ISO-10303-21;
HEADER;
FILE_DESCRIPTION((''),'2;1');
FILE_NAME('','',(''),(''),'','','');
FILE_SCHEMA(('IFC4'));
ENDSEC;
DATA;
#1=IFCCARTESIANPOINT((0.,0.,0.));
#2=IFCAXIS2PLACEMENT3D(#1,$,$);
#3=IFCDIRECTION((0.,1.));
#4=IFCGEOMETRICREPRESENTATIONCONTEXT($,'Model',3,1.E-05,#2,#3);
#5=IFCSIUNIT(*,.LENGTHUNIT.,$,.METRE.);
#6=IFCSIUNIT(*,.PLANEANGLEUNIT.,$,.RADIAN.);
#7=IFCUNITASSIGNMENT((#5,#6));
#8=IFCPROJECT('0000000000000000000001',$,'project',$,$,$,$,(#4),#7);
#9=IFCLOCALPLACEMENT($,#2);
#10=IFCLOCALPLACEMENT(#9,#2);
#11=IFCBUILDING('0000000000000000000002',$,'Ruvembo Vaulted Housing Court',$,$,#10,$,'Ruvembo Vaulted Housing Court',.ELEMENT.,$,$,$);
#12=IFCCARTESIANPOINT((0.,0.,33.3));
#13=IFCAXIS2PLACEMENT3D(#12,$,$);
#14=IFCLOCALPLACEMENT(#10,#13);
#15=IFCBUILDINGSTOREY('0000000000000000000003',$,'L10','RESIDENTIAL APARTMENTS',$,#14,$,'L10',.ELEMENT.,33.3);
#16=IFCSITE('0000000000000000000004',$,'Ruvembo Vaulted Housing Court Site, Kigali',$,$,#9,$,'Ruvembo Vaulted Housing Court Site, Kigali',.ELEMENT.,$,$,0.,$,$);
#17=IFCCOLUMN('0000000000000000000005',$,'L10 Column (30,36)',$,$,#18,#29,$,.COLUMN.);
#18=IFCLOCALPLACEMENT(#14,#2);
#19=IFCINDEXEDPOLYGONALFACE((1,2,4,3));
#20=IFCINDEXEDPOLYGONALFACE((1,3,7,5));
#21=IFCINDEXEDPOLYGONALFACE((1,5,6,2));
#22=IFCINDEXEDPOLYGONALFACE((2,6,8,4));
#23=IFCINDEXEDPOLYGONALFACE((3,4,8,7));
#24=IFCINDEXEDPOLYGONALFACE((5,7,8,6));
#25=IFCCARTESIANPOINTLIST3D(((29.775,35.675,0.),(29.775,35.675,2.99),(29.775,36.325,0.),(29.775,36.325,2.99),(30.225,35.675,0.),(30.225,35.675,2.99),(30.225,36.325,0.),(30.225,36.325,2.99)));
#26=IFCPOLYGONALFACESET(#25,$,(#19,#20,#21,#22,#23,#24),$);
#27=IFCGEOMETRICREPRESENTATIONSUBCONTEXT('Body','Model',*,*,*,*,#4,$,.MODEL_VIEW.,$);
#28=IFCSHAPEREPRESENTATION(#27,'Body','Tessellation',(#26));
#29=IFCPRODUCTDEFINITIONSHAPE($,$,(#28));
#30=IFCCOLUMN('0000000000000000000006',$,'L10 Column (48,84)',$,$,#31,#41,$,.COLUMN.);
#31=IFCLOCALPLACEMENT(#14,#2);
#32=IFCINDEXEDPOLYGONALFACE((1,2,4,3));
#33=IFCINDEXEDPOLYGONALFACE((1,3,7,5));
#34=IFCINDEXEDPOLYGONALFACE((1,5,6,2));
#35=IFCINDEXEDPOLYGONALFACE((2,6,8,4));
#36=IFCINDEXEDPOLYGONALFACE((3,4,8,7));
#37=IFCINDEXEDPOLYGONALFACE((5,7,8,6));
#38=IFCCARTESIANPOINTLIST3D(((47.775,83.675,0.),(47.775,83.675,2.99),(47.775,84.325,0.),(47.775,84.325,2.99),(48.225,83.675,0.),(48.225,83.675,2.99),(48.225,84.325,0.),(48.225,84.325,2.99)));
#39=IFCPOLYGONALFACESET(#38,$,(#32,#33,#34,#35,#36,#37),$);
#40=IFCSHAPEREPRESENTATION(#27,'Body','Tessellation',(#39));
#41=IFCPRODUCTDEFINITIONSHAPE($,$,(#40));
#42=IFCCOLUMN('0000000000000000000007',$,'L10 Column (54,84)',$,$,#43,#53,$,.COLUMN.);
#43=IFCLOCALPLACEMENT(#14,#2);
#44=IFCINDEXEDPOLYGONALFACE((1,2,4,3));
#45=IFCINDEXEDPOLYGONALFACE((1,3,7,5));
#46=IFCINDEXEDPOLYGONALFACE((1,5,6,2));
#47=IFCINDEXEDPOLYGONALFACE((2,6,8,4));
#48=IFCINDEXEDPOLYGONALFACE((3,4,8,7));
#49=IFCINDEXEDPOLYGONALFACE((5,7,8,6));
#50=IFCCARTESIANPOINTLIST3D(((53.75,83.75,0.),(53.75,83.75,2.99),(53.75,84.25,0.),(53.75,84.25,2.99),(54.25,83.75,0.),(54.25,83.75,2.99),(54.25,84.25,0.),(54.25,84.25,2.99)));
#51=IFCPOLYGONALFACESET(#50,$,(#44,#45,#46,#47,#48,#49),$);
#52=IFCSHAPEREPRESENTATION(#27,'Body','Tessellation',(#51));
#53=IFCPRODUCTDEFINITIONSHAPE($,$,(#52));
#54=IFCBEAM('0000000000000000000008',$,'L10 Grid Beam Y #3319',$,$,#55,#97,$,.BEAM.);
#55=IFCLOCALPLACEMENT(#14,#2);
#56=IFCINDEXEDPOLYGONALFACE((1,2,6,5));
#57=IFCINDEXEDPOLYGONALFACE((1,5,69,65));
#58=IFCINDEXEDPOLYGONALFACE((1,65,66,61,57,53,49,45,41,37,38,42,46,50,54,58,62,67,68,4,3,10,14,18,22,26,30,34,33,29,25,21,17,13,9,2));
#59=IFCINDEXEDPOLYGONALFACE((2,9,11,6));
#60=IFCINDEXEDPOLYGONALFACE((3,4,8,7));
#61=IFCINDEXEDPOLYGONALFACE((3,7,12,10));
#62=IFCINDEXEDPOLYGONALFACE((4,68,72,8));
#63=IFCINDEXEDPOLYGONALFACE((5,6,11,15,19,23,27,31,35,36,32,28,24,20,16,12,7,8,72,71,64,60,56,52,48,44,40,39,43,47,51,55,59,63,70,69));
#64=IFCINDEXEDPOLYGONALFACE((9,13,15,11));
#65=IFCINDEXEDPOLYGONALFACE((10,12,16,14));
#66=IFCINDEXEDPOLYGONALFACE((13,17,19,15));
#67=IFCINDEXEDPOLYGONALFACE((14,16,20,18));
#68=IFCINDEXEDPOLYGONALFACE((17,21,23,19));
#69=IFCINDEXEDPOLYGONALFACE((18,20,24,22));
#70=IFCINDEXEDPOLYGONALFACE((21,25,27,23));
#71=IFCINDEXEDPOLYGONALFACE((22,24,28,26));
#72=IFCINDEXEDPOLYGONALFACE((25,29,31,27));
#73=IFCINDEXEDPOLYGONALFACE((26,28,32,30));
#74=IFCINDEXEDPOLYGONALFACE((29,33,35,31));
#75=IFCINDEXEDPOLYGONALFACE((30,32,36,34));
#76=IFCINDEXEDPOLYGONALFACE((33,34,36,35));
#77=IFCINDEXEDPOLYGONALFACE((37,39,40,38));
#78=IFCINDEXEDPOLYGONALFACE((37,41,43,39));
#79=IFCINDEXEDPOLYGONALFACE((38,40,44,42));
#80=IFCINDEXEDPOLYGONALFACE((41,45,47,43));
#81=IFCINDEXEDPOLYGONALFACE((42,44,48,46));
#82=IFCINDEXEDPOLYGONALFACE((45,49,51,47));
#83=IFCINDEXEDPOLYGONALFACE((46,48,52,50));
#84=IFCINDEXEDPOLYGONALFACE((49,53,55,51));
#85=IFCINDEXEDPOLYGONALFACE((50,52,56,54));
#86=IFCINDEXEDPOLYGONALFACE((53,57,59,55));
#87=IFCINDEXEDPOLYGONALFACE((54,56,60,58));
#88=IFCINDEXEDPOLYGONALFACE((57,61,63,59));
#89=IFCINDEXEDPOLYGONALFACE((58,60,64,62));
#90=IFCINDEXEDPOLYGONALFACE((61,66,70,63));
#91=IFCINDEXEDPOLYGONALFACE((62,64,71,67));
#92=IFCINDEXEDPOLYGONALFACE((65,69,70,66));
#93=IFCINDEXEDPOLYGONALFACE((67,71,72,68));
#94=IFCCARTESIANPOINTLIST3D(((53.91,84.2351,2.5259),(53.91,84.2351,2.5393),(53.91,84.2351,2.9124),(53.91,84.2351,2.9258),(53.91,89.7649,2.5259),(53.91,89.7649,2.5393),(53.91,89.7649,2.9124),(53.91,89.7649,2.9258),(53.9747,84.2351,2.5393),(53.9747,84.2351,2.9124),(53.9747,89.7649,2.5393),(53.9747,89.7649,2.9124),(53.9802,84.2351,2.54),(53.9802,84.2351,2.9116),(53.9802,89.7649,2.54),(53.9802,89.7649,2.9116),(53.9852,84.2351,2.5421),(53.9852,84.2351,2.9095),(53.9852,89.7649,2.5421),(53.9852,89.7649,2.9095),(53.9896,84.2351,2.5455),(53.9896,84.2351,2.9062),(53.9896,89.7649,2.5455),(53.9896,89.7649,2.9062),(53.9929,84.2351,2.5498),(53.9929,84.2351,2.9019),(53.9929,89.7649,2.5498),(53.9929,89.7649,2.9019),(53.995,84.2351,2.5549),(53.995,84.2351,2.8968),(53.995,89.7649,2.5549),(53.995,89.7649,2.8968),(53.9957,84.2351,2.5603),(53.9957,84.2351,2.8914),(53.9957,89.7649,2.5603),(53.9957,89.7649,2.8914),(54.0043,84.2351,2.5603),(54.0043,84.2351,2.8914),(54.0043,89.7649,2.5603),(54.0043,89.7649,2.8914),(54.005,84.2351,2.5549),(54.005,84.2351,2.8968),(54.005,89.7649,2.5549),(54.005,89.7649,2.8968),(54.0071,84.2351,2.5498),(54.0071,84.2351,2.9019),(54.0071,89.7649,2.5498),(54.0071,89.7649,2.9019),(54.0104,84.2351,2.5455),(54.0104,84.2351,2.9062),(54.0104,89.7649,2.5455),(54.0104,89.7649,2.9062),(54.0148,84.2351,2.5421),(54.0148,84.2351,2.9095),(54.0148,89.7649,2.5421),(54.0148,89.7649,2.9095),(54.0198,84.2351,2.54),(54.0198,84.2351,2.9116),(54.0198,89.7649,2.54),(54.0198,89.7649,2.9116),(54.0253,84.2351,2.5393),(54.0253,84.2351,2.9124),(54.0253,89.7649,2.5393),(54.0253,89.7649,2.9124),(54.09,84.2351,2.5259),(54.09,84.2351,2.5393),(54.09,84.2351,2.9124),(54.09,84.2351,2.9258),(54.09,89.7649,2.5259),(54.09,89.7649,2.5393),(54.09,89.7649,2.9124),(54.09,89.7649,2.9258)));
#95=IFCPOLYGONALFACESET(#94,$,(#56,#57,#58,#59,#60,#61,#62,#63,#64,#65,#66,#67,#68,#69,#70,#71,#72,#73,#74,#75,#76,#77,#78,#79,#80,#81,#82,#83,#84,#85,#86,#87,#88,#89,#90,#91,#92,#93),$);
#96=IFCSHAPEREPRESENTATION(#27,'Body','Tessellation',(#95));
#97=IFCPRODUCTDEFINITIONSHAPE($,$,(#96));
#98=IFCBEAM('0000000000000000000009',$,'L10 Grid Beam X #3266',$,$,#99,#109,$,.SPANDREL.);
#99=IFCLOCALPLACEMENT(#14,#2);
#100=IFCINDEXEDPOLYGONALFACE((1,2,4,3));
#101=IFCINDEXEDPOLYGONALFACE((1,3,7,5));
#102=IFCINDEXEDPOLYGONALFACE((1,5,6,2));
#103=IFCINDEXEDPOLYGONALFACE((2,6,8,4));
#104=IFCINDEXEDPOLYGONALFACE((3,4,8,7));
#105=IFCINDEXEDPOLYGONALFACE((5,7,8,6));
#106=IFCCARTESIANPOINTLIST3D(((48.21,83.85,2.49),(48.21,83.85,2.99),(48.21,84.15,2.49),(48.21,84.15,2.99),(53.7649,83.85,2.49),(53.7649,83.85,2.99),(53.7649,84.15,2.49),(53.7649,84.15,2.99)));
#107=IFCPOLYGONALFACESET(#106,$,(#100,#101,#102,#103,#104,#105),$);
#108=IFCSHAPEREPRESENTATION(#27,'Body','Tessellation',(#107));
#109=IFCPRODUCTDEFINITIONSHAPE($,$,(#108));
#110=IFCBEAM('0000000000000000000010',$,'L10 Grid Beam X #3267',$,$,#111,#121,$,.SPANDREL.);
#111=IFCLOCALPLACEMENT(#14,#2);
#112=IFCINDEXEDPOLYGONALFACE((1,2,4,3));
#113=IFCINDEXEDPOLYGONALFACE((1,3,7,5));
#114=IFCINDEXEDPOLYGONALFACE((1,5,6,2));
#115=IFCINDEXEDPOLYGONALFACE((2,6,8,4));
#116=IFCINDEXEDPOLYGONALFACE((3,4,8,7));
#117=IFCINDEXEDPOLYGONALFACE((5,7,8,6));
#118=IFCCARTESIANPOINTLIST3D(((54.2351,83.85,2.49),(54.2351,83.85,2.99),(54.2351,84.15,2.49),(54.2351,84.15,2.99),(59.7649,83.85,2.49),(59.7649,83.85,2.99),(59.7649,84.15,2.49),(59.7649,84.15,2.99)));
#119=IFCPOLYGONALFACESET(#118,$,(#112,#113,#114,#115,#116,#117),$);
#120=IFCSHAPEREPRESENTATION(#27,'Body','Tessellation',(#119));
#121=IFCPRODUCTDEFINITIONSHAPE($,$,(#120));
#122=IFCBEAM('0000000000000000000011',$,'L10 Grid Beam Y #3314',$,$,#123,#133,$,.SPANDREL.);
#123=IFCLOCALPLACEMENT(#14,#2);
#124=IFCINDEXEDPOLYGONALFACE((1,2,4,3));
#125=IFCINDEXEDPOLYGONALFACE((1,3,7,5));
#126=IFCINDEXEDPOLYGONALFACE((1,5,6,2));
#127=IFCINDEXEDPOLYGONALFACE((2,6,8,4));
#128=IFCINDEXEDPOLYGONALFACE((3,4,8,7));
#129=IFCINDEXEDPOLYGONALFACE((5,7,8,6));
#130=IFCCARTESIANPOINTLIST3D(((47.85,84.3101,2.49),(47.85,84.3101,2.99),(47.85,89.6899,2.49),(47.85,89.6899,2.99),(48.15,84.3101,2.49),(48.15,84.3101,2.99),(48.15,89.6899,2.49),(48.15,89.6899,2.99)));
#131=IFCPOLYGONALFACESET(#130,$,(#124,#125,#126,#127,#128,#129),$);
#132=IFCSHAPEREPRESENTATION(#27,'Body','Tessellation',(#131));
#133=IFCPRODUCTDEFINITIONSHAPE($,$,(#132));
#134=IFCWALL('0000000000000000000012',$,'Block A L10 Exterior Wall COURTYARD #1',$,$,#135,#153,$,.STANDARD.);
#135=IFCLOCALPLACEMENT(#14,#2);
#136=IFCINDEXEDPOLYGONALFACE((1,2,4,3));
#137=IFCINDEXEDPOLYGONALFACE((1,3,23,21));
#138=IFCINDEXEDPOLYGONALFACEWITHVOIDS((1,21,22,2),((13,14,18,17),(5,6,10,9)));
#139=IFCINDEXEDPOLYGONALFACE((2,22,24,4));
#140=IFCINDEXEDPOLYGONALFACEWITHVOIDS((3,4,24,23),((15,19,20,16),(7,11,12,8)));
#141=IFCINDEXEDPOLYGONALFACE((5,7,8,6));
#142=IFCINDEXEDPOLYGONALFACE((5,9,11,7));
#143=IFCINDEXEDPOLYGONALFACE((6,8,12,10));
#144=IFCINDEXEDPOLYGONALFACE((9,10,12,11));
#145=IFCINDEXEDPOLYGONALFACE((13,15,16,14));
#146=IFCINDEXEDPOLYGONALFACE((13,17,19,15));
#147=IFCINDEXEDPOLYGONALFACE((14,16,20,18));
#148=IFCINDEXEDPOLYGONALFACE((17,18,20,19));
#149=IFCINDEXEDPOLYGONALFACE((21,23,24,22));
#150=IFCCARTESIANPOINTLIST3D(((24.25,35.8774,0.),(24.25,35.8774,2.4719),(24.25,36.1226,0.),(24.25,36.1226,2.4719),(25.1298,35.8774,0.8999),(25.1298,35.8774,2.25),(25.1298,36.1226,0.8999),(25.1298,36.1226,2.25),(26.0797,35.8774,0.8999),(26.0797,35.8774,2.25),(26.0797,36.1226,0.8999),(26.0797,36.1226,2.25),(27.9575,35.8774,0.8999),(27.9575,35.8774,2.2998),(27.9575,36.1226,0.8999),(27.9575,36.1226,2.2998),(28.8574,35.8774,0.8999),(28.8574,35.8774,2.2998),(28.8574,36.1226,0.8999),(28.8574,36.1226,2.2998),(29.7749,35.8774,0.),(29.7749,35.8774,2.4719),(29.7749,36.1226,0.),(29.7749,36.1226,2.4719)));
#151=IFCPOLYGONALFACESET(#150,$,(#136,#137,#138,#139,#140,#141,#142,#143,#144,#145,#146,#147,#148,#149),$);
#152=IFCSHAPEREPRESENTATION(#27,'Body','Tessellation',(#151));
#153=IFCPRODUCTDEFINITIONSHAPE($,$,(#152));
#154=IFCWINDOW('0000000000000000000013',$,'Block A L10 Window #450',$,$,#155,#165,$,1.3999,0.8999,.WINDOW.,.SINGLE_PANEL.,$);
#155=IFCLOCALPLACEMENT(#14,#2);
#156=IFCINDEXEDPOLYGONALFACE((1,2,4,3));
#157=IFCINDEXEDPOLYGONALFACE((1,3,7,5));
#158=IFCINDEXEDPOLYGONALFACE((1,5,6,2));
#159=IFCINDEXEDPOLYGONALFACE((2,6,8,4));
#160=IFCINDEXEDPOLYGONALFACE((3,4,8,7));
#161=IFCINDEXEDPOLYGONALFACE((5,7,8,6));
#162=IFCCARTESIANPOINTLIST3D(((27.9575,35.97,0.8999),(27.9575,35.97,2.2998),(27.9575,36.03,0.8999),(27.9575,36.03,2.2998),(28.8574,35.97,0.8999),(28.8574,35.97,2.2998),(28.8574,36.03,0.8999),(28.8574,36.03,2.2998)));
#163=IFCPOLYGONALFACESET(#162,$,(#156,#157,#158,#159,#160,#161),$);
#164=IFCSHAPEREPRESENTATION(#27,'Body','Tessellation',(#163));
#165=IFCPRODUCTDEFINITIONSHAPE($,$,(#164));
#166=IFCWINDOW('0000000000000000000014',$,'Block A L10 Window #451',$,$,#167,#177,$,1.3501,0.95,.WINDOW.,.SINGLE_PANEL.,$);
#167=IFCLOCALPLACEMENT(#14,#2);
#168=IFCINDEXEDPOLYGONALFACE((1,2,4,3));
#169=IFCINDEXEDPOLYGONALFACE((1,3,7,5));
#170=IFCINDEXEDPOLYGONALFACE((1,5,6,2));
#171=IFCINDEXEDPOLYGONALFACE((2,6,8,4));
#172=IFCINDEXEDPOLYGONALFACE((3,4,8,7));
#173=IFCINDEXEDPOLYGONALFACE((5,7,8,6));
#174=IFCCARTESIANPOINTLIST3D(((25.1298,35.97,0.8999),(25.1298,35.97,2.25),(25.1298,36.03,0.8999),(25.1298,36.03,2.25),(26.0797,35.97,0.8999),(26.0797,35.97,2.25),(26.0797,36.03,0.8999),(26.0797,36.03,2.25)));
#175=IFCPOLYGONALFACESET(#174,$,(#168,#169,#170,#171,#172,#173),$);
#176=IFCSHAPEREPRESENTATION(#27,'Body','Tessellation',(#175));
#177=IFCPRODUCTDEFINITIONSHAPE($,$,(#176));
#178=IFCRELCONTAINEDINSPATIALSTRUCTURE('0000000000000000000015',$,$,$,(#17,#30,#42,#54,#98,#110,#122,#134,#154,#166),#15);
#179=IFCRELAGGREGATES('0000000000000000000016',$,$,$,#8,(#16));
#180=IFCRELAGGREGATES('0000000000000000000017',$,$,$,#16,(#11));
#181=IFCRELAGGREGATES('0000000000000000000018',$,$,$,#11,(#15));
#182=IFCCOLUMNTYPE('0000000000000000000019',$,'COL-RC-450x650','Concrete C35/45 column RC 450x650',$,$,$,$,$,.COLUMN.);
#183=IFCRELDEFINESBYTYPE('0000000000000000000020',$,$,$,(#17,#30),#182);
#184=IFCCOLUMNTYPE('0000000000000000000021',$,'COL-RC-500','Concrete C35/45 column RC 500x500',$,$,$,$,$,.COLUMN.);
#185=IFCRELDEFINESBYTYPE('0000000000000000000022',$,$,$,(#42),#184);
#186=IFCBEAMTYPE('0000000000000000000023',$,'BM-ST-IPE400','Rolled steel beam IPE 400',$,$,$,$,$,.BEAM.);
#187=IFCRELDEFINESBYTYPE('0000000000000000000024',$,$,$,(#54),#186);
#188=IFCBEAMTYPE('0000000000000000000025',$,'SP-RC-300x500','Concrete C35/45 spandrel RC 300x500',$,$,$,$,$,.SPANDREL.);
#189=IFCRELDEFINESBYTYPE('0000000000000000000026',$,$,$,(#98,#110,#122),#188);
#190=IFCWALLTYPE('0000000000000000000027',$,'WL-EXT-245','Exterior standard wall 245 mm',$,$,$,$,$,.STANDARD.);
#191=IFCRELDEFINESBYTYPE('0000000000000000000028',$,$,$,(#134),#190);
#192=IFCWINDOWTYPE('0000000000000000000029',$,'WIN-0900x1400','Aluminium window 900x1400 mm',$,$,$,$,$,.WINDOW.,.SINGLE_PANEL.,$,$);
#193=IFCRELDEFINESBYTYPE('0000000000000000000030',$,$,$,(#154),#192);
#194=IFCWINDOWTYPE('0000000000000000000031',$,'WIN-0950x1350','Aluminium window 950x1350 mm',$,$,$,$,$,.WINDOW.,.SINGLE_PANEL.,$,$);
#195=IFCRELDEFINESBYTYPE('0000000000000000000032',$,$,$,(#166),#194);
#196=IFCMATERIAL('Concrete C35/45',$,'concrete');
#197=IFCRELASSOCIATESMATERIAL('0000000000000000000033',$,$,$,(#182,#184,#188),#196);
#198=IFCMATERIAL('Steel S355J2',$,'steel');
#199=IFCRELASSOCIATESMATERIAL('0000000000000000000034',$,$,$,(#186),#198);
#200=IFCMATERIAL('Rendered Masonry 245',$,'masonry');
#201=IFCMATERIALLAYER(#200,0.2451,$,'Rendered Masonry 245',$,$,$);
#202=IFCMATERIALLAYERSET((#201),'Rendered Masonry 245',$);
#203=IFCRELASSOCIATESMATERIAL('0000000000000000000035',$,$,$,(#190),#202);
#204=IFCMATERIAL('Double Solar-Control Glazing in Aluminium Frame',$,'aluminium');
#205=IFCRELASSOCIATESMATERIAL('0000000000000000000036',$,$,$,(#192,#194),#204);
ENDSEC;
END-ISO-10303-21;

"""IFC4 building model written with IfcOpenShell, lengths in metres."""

from ifc_helpers import new_model, si_unit, direction, frame, frame_2d, origin, origin_2d, place, context, subcontext, project, spatial, rectangle, i_section, extrude, material, layer, layer_set, material_profile, profile_set, type_object, element, fill, save


model = new_model("IFC4")

# Units and contexts
model_context = context("Model", 3, precision=1e-05, world=origin(), true_north=direction((0.0, 1.0)))
body_context = subcontext(model_context, "Body", "Model", "MODEL_VIEW")
ifc_project = project(units=[si_unit("LENGTHUNIT", "METRE"), si_unit("PLANEANGLEUNIT", "RADIAN")], contexts=[model_context])

# Site, building, storey
site_placement = place(None, origin())
site = spatial("IfcSite", under=ifc_project, at=site_placement, Name="Ruvembo Vaulted Housing Court Site, Kigali", LongName="Ruvembo Vaulted Housing Court Site, Kigali", CompositionType="ELEMENT", RefElevation=0.0)
building_placement = place(site_placement, origin())
building = spatial("IfcBuilding", under=site, at=building_placement, Name="Ruvembo Vaulted Housing Court", LongName="Ruvembo Vaulted Housing Court", CompositionType="ELEMENT")
storey_placement = place(building_placement, frame((0.0, 0.0, 33.3)))
storey = spatial("IfcBuildingStorey", under=building, at=storey_placement, Name="L10", Description="RESIDENTIAL APARTMENTS", LongName="L10", CompositionType="ELEMENT", Elevation=33.3)

# Columns
ifc_material_1 = material(Name="Concrete C35/45", Category="concrete")
ifc_material_profile_1 = material_profile(ifc_material_1, rectangle(XDim=0.45, YDim=0.6499, at=origin_2d()), Name="RC 450x650")
ifc_profile_set_1 = profile_set([ifc_material_profile_1], Name="Concrete C35/45")
column_type_1 = type_object("IfcColumnType", Name="COL-RC-450x650", Description="Concrete C35/45 column RC 450x650", PredefinedType="COLUMN", material=ifc_profile_set_1)
for number, where, z_axis, x_axis, name in (
    (1, (30.0, 36.0, 0.0), (0.0, 0.0, 1.0), (1.0, 0.0, 0.0), "L10 Column (30,36)"),
    (2, (48.0, 84.0, 0.0), (0.0, 0.0, 1.0), (1.0, 0.0, 0.0), "L10 Column (48,84)"),
):
    element("IfcColumn", number, at=place(storey_placement, frame(where, z_axis=z_axis, x_axis=x_axis)), inside=storey, type_object=column_type_1, Name=name, PredefinedType="COLUMN", context=body_context, shape_type="SweptSolid", body=[
        extrude(rectangle(XDim=0.45, YDim=0.6499, at=origin_2d()), origin(), (0.0, 0.0, 1.0), 2.99),
    ])
ifc_material_profile_2 = material_profile(ifc_material_1, rectangle(XDim=0.5, YDim=0.5, at=origin_2d()), Name="RC 500x500")
ifc_profile_set_2 = profile_set([ifc_material_profile_2], Name="Concrete C35/45")
column_type_2 = type_object("IfcColumnType", Name="COL-RC-500", Description="Concrete C35/45 column RC 500x500", PredefinedType="COLUMN", material=ifc_profile_set_2)
column_placement = place(storey_placement, frame((54.0, 84.0, 0.0), z_axis=(0.0, 0.0, 1.0), x_axis=(1.0, 0.0, 0.0)))
element("IfcColumn", 3, at=column_placement, inside=storey, type_object=column_type_2, Name="L10 Column (54,84)", PredefinedType="COLUMN", context=body_context, shape_type="SweptSolid", body=[
    extrude(rectangle(XDim=0.5, YDim=0.5, at=origin_2d()), origin(), (0.0, 0.0, 1.0), 2.99),
])

# Beams
ifc_material_2 = material(Name="Steel S355J2", Category="steel")
ifc_material_profile_3 = material_profile(ifc_material_2, i_section(OverallWidth=0.1799, OverallDepth=0.3999, WebThickness=0.0085, FlangeThickness=0.0134, FilletRadius=0.021, at=origin_2d()), Name="IPE 400")
ifc_profile_set_3 = profile_set([ifc_material_profile_3], Name="Steel S355J2")
beam_type_1 = type_object("IfcBeamType", Name="BM-ST-IPE400", Description="Rolled steel beam IPE 400", PredefinedType="BEAM", material=ifc_profile_set_3)
beam_1_placement = place(storey_placement, frame((54.0, 84.2351, 2.7258), z_axis=(0.0, 1.0, 0.0), x_axis=(-1.0, 0.0, 0.0)))
element("IfcBeam", 4, at=beam_1_placement, inside=storey, type_object=beam_type_1, Name="L10 Grid Beam Y #3319", PredefinedType="BEAM", context=body_context, shape_type="SweptSolid", body=[
    extrude(i_section(OverallWidth=0.1799, OverallDepth=0.3999, WebThickness=0.0085, FlangeThickness=0.0134, FilletRadius=0.021, at=origin_2d()), origin(), (0.0, 0.0, 1.0), 5.5298),
])
ifc_material_profile_4 = material_profile(ifc_material_1, rectangle(XDim=0.3, YDim=0.5, at=origin_2d()), Name="RC 300x500")
ifc_profile_set_4 = profile_set([ifc_material_profile_4], Name="Concrete C35/45")
beam_type_2 = type_object("IfcBeamType", Name="SP-RC-300x500", Description="Concrete C35/45 spandrel RC 300x500", PredefinedType="SPANDREL", material=ifc_profile_set_4)
beam_2_placement = place(storey_placement, frame((48.21, 84.0, 2.74), z_axis=(1.0, 0.0, 0.0), x_axis=(0.0, 1.0, 0.0)))
element("IfcBeam", 5, at=beam_2_placement, inside=storey, type_object=beam_type_2, Name="L10 Grid Beam X #3266", PredefinedType="SPANDREL", context=body_context, shape_type="SweptSolid", body=[
    extrude(rectangle(XDim=0.3, YDim=0.5, at=origin_2d()), origin(), (0.0, 0.0, 1.0), 5.5549),
])
beam_3_placement = place(storey_placement, frame((54.2351, 84.0, 2.74), z_axis=(1.0, 0.0, 0.0), x_axis=(0.0, 1.0, 0.0)))
element("IfcBeam", 6, at=beam_3_placement, inside=storey, type_object=beam_type_2, Name="L10 Grid Beam X #3267", PredefinedType="SPANDREL", context=body_context, shape_type="SweptSolid", body=[
    extrude(rectangle(XDim=0.3, YDim=0.5, at=origin_2d()), origin(), (0.0, 0.0, 1.0), 5.5298),
])
beam_4_placement = place(storey_placement, frame((48.0, 84.3101, 2.74), z_axis=(0.0, 1.0, 0.0), x_axis=(-1.0, 0.0, 0.0)))
element("IfcBeam", 7, at=beam_4_placement, inside=storey, type_object=beam_type_2, Name="L10 Grid Beam Y #3314", PredefinedType="SPANDREL", context=body_context, shape_type="SweptSolid", body=[
    extrude(rectangle(XDim=0.3, YDim=0.5, at=origin_2d()), origin(), (0.0, 0.0, 1.0), 5.3799),
])

# Wall, openings, windows
ifc_material_3 = material(Name="Rendered Masonry 245", Category="masonry")
ifc_layer_1 = layer(ifc_material_3, 0.2451, Name="Rendered Masonry 245")
ifc_layer_set_1 = layer_set([ifc_layer_1], Name="Rendered Masonry 245")
wall_type = type_object("IfcWallType", Name="WL-EXT-245", Description="Exterior standard wall 245 mm", PredefinedType="STANDARD", material=ifc_layer_set_1)
wall_1_placement = place(storey_placement, frame((29.7749, 36.0, 0.0), z_axis=(0.0, 0.0, 1.0), x_axis=(-1.0, 0.0, 0.0)))
wall_1 = element("IfcWall", 8, at=wall_1_placement, inside=storey, type_object=wall_type, Name="Block A L10 Exterior Wall COURTYARD #1", PredefinedType="STANDARD", context=body_context, shape_type="SweptSolid", body=[
    extrude(rectangle(XDim=5.5249, YDim=0.2451, at=frame_2d((2.7625, 0.0))), origin(), (0.0, 0.0, 1.0), 2.4719),
])
opening_1_placement = place(wall_1_placement, frame((0.9175, 0.0, 0.8999)))
opening_1 = element("IfcOpeningElement", 9, at=opening_1_placement, cuts=wall_1, PredefinedType="OPENING", context=body_context, shape_type="SweptSolid", body=[
    extrude(rectangle(XDim=0.8999, YDim=1.3999, at=frame_2d((0.45, 0.7))), frame((0.0, 0.1326, 0.0), z_axis=(0.0, -1.0, 0.0), x_axis=(1.0, 0.0, 0.0)), (0.0, 0.0, 1.0), 0.2651),
])
opening_2_placement = place(wall_1_placement, frame((3.6951, 0.0, 0.8999)))
opening_2 = element("IfcOpeningElement", 10, at=opening_2_placement, cuts=wall_1, PredefinedType="OPENING", context=body_context, shape_type="SweptSolid", body=[
    extrude(rectangle(XDim=0.95, YDim=1.3501, at=frame_2d((0.4751, 0.675))), frame((0.0, 0.1326, 0.0), z_axis=(0.0, -1.0, 0.0), x_axis=(1.0, 0.0, 0.0)), (0.0, 0.0, 1.0), 0.2651),
])
ifc_material_4 = material(Name="Double Solar-Control Glazing in Aluminium Frame", Category="aluminium")
window_type_1 = type_object("IfcWindowType", Name="WIN-0900x1400", Description="Aluminium window 900x1400 mm", PartitioningType="SINGLE_PANEL", PredefinedType="WINDOW", material=ifc_material_4)
window_1_placement = place(opening_1_placement, origin())
window_1 = element("IfcWindow", 11, at=window_1_placement, inside=storey, type_object=window_type_1, Name="Block A L10 Window #450", OverallHeight=1.3999, OverallWidth=0.8999, PartitioningType="SINGLE_PANEL", PredefinedType="WINDOW", context=body_context, shape_type="SweptSolid", body=[
    extrude(rectangle(XDim=0.8999, YDim=1.3999, at=frame_2d((0.45, 0.7))), frame((0.0, 0.03, 0.0), z_axis=(0.0, -1.0, 0.0), x_axis=(1.0, 0.0, 0.0)), (0.0, 0.0, 1.0), 0.0601),
])
fill(opening_1, window_1)
window_type_2 = type_object("IfcWindowType", Name="WIN-0950x1350", Description="Aluminium window 950x1350 mm", PartitioningType="SINGLE_PANEL", PredefinedType="WINDOW", material=ifc_material_4)
window_2_placement = place(opening_2_placement, origin())
window_2 = element("IfcWindow", 12, at=window_2_placement, inside=storey, type_object=window_type_2, Name="Block A L10 Window #451", OverallHeight=1.3501, OverallWidth=0.95, PartitioningType="SINGLE_PANEL", PredefinedType="WINDOW", context=body_context, shape_type="SweptSolid", body=[
    extrude(rectangle(XDim=0.95, YDim=1.3501, at=frame_2d((0.4751, 0.675))), frame((0.0, 0.03, 0.0), z_axis=(0.0, -1.0, 0.0), x_axis=(1.0, 0.0, 0.0)), (0.0, 0.0, 1.0), 0.0601),
])
fill(opening_2, window_2)

save(model, "model.ifc")
